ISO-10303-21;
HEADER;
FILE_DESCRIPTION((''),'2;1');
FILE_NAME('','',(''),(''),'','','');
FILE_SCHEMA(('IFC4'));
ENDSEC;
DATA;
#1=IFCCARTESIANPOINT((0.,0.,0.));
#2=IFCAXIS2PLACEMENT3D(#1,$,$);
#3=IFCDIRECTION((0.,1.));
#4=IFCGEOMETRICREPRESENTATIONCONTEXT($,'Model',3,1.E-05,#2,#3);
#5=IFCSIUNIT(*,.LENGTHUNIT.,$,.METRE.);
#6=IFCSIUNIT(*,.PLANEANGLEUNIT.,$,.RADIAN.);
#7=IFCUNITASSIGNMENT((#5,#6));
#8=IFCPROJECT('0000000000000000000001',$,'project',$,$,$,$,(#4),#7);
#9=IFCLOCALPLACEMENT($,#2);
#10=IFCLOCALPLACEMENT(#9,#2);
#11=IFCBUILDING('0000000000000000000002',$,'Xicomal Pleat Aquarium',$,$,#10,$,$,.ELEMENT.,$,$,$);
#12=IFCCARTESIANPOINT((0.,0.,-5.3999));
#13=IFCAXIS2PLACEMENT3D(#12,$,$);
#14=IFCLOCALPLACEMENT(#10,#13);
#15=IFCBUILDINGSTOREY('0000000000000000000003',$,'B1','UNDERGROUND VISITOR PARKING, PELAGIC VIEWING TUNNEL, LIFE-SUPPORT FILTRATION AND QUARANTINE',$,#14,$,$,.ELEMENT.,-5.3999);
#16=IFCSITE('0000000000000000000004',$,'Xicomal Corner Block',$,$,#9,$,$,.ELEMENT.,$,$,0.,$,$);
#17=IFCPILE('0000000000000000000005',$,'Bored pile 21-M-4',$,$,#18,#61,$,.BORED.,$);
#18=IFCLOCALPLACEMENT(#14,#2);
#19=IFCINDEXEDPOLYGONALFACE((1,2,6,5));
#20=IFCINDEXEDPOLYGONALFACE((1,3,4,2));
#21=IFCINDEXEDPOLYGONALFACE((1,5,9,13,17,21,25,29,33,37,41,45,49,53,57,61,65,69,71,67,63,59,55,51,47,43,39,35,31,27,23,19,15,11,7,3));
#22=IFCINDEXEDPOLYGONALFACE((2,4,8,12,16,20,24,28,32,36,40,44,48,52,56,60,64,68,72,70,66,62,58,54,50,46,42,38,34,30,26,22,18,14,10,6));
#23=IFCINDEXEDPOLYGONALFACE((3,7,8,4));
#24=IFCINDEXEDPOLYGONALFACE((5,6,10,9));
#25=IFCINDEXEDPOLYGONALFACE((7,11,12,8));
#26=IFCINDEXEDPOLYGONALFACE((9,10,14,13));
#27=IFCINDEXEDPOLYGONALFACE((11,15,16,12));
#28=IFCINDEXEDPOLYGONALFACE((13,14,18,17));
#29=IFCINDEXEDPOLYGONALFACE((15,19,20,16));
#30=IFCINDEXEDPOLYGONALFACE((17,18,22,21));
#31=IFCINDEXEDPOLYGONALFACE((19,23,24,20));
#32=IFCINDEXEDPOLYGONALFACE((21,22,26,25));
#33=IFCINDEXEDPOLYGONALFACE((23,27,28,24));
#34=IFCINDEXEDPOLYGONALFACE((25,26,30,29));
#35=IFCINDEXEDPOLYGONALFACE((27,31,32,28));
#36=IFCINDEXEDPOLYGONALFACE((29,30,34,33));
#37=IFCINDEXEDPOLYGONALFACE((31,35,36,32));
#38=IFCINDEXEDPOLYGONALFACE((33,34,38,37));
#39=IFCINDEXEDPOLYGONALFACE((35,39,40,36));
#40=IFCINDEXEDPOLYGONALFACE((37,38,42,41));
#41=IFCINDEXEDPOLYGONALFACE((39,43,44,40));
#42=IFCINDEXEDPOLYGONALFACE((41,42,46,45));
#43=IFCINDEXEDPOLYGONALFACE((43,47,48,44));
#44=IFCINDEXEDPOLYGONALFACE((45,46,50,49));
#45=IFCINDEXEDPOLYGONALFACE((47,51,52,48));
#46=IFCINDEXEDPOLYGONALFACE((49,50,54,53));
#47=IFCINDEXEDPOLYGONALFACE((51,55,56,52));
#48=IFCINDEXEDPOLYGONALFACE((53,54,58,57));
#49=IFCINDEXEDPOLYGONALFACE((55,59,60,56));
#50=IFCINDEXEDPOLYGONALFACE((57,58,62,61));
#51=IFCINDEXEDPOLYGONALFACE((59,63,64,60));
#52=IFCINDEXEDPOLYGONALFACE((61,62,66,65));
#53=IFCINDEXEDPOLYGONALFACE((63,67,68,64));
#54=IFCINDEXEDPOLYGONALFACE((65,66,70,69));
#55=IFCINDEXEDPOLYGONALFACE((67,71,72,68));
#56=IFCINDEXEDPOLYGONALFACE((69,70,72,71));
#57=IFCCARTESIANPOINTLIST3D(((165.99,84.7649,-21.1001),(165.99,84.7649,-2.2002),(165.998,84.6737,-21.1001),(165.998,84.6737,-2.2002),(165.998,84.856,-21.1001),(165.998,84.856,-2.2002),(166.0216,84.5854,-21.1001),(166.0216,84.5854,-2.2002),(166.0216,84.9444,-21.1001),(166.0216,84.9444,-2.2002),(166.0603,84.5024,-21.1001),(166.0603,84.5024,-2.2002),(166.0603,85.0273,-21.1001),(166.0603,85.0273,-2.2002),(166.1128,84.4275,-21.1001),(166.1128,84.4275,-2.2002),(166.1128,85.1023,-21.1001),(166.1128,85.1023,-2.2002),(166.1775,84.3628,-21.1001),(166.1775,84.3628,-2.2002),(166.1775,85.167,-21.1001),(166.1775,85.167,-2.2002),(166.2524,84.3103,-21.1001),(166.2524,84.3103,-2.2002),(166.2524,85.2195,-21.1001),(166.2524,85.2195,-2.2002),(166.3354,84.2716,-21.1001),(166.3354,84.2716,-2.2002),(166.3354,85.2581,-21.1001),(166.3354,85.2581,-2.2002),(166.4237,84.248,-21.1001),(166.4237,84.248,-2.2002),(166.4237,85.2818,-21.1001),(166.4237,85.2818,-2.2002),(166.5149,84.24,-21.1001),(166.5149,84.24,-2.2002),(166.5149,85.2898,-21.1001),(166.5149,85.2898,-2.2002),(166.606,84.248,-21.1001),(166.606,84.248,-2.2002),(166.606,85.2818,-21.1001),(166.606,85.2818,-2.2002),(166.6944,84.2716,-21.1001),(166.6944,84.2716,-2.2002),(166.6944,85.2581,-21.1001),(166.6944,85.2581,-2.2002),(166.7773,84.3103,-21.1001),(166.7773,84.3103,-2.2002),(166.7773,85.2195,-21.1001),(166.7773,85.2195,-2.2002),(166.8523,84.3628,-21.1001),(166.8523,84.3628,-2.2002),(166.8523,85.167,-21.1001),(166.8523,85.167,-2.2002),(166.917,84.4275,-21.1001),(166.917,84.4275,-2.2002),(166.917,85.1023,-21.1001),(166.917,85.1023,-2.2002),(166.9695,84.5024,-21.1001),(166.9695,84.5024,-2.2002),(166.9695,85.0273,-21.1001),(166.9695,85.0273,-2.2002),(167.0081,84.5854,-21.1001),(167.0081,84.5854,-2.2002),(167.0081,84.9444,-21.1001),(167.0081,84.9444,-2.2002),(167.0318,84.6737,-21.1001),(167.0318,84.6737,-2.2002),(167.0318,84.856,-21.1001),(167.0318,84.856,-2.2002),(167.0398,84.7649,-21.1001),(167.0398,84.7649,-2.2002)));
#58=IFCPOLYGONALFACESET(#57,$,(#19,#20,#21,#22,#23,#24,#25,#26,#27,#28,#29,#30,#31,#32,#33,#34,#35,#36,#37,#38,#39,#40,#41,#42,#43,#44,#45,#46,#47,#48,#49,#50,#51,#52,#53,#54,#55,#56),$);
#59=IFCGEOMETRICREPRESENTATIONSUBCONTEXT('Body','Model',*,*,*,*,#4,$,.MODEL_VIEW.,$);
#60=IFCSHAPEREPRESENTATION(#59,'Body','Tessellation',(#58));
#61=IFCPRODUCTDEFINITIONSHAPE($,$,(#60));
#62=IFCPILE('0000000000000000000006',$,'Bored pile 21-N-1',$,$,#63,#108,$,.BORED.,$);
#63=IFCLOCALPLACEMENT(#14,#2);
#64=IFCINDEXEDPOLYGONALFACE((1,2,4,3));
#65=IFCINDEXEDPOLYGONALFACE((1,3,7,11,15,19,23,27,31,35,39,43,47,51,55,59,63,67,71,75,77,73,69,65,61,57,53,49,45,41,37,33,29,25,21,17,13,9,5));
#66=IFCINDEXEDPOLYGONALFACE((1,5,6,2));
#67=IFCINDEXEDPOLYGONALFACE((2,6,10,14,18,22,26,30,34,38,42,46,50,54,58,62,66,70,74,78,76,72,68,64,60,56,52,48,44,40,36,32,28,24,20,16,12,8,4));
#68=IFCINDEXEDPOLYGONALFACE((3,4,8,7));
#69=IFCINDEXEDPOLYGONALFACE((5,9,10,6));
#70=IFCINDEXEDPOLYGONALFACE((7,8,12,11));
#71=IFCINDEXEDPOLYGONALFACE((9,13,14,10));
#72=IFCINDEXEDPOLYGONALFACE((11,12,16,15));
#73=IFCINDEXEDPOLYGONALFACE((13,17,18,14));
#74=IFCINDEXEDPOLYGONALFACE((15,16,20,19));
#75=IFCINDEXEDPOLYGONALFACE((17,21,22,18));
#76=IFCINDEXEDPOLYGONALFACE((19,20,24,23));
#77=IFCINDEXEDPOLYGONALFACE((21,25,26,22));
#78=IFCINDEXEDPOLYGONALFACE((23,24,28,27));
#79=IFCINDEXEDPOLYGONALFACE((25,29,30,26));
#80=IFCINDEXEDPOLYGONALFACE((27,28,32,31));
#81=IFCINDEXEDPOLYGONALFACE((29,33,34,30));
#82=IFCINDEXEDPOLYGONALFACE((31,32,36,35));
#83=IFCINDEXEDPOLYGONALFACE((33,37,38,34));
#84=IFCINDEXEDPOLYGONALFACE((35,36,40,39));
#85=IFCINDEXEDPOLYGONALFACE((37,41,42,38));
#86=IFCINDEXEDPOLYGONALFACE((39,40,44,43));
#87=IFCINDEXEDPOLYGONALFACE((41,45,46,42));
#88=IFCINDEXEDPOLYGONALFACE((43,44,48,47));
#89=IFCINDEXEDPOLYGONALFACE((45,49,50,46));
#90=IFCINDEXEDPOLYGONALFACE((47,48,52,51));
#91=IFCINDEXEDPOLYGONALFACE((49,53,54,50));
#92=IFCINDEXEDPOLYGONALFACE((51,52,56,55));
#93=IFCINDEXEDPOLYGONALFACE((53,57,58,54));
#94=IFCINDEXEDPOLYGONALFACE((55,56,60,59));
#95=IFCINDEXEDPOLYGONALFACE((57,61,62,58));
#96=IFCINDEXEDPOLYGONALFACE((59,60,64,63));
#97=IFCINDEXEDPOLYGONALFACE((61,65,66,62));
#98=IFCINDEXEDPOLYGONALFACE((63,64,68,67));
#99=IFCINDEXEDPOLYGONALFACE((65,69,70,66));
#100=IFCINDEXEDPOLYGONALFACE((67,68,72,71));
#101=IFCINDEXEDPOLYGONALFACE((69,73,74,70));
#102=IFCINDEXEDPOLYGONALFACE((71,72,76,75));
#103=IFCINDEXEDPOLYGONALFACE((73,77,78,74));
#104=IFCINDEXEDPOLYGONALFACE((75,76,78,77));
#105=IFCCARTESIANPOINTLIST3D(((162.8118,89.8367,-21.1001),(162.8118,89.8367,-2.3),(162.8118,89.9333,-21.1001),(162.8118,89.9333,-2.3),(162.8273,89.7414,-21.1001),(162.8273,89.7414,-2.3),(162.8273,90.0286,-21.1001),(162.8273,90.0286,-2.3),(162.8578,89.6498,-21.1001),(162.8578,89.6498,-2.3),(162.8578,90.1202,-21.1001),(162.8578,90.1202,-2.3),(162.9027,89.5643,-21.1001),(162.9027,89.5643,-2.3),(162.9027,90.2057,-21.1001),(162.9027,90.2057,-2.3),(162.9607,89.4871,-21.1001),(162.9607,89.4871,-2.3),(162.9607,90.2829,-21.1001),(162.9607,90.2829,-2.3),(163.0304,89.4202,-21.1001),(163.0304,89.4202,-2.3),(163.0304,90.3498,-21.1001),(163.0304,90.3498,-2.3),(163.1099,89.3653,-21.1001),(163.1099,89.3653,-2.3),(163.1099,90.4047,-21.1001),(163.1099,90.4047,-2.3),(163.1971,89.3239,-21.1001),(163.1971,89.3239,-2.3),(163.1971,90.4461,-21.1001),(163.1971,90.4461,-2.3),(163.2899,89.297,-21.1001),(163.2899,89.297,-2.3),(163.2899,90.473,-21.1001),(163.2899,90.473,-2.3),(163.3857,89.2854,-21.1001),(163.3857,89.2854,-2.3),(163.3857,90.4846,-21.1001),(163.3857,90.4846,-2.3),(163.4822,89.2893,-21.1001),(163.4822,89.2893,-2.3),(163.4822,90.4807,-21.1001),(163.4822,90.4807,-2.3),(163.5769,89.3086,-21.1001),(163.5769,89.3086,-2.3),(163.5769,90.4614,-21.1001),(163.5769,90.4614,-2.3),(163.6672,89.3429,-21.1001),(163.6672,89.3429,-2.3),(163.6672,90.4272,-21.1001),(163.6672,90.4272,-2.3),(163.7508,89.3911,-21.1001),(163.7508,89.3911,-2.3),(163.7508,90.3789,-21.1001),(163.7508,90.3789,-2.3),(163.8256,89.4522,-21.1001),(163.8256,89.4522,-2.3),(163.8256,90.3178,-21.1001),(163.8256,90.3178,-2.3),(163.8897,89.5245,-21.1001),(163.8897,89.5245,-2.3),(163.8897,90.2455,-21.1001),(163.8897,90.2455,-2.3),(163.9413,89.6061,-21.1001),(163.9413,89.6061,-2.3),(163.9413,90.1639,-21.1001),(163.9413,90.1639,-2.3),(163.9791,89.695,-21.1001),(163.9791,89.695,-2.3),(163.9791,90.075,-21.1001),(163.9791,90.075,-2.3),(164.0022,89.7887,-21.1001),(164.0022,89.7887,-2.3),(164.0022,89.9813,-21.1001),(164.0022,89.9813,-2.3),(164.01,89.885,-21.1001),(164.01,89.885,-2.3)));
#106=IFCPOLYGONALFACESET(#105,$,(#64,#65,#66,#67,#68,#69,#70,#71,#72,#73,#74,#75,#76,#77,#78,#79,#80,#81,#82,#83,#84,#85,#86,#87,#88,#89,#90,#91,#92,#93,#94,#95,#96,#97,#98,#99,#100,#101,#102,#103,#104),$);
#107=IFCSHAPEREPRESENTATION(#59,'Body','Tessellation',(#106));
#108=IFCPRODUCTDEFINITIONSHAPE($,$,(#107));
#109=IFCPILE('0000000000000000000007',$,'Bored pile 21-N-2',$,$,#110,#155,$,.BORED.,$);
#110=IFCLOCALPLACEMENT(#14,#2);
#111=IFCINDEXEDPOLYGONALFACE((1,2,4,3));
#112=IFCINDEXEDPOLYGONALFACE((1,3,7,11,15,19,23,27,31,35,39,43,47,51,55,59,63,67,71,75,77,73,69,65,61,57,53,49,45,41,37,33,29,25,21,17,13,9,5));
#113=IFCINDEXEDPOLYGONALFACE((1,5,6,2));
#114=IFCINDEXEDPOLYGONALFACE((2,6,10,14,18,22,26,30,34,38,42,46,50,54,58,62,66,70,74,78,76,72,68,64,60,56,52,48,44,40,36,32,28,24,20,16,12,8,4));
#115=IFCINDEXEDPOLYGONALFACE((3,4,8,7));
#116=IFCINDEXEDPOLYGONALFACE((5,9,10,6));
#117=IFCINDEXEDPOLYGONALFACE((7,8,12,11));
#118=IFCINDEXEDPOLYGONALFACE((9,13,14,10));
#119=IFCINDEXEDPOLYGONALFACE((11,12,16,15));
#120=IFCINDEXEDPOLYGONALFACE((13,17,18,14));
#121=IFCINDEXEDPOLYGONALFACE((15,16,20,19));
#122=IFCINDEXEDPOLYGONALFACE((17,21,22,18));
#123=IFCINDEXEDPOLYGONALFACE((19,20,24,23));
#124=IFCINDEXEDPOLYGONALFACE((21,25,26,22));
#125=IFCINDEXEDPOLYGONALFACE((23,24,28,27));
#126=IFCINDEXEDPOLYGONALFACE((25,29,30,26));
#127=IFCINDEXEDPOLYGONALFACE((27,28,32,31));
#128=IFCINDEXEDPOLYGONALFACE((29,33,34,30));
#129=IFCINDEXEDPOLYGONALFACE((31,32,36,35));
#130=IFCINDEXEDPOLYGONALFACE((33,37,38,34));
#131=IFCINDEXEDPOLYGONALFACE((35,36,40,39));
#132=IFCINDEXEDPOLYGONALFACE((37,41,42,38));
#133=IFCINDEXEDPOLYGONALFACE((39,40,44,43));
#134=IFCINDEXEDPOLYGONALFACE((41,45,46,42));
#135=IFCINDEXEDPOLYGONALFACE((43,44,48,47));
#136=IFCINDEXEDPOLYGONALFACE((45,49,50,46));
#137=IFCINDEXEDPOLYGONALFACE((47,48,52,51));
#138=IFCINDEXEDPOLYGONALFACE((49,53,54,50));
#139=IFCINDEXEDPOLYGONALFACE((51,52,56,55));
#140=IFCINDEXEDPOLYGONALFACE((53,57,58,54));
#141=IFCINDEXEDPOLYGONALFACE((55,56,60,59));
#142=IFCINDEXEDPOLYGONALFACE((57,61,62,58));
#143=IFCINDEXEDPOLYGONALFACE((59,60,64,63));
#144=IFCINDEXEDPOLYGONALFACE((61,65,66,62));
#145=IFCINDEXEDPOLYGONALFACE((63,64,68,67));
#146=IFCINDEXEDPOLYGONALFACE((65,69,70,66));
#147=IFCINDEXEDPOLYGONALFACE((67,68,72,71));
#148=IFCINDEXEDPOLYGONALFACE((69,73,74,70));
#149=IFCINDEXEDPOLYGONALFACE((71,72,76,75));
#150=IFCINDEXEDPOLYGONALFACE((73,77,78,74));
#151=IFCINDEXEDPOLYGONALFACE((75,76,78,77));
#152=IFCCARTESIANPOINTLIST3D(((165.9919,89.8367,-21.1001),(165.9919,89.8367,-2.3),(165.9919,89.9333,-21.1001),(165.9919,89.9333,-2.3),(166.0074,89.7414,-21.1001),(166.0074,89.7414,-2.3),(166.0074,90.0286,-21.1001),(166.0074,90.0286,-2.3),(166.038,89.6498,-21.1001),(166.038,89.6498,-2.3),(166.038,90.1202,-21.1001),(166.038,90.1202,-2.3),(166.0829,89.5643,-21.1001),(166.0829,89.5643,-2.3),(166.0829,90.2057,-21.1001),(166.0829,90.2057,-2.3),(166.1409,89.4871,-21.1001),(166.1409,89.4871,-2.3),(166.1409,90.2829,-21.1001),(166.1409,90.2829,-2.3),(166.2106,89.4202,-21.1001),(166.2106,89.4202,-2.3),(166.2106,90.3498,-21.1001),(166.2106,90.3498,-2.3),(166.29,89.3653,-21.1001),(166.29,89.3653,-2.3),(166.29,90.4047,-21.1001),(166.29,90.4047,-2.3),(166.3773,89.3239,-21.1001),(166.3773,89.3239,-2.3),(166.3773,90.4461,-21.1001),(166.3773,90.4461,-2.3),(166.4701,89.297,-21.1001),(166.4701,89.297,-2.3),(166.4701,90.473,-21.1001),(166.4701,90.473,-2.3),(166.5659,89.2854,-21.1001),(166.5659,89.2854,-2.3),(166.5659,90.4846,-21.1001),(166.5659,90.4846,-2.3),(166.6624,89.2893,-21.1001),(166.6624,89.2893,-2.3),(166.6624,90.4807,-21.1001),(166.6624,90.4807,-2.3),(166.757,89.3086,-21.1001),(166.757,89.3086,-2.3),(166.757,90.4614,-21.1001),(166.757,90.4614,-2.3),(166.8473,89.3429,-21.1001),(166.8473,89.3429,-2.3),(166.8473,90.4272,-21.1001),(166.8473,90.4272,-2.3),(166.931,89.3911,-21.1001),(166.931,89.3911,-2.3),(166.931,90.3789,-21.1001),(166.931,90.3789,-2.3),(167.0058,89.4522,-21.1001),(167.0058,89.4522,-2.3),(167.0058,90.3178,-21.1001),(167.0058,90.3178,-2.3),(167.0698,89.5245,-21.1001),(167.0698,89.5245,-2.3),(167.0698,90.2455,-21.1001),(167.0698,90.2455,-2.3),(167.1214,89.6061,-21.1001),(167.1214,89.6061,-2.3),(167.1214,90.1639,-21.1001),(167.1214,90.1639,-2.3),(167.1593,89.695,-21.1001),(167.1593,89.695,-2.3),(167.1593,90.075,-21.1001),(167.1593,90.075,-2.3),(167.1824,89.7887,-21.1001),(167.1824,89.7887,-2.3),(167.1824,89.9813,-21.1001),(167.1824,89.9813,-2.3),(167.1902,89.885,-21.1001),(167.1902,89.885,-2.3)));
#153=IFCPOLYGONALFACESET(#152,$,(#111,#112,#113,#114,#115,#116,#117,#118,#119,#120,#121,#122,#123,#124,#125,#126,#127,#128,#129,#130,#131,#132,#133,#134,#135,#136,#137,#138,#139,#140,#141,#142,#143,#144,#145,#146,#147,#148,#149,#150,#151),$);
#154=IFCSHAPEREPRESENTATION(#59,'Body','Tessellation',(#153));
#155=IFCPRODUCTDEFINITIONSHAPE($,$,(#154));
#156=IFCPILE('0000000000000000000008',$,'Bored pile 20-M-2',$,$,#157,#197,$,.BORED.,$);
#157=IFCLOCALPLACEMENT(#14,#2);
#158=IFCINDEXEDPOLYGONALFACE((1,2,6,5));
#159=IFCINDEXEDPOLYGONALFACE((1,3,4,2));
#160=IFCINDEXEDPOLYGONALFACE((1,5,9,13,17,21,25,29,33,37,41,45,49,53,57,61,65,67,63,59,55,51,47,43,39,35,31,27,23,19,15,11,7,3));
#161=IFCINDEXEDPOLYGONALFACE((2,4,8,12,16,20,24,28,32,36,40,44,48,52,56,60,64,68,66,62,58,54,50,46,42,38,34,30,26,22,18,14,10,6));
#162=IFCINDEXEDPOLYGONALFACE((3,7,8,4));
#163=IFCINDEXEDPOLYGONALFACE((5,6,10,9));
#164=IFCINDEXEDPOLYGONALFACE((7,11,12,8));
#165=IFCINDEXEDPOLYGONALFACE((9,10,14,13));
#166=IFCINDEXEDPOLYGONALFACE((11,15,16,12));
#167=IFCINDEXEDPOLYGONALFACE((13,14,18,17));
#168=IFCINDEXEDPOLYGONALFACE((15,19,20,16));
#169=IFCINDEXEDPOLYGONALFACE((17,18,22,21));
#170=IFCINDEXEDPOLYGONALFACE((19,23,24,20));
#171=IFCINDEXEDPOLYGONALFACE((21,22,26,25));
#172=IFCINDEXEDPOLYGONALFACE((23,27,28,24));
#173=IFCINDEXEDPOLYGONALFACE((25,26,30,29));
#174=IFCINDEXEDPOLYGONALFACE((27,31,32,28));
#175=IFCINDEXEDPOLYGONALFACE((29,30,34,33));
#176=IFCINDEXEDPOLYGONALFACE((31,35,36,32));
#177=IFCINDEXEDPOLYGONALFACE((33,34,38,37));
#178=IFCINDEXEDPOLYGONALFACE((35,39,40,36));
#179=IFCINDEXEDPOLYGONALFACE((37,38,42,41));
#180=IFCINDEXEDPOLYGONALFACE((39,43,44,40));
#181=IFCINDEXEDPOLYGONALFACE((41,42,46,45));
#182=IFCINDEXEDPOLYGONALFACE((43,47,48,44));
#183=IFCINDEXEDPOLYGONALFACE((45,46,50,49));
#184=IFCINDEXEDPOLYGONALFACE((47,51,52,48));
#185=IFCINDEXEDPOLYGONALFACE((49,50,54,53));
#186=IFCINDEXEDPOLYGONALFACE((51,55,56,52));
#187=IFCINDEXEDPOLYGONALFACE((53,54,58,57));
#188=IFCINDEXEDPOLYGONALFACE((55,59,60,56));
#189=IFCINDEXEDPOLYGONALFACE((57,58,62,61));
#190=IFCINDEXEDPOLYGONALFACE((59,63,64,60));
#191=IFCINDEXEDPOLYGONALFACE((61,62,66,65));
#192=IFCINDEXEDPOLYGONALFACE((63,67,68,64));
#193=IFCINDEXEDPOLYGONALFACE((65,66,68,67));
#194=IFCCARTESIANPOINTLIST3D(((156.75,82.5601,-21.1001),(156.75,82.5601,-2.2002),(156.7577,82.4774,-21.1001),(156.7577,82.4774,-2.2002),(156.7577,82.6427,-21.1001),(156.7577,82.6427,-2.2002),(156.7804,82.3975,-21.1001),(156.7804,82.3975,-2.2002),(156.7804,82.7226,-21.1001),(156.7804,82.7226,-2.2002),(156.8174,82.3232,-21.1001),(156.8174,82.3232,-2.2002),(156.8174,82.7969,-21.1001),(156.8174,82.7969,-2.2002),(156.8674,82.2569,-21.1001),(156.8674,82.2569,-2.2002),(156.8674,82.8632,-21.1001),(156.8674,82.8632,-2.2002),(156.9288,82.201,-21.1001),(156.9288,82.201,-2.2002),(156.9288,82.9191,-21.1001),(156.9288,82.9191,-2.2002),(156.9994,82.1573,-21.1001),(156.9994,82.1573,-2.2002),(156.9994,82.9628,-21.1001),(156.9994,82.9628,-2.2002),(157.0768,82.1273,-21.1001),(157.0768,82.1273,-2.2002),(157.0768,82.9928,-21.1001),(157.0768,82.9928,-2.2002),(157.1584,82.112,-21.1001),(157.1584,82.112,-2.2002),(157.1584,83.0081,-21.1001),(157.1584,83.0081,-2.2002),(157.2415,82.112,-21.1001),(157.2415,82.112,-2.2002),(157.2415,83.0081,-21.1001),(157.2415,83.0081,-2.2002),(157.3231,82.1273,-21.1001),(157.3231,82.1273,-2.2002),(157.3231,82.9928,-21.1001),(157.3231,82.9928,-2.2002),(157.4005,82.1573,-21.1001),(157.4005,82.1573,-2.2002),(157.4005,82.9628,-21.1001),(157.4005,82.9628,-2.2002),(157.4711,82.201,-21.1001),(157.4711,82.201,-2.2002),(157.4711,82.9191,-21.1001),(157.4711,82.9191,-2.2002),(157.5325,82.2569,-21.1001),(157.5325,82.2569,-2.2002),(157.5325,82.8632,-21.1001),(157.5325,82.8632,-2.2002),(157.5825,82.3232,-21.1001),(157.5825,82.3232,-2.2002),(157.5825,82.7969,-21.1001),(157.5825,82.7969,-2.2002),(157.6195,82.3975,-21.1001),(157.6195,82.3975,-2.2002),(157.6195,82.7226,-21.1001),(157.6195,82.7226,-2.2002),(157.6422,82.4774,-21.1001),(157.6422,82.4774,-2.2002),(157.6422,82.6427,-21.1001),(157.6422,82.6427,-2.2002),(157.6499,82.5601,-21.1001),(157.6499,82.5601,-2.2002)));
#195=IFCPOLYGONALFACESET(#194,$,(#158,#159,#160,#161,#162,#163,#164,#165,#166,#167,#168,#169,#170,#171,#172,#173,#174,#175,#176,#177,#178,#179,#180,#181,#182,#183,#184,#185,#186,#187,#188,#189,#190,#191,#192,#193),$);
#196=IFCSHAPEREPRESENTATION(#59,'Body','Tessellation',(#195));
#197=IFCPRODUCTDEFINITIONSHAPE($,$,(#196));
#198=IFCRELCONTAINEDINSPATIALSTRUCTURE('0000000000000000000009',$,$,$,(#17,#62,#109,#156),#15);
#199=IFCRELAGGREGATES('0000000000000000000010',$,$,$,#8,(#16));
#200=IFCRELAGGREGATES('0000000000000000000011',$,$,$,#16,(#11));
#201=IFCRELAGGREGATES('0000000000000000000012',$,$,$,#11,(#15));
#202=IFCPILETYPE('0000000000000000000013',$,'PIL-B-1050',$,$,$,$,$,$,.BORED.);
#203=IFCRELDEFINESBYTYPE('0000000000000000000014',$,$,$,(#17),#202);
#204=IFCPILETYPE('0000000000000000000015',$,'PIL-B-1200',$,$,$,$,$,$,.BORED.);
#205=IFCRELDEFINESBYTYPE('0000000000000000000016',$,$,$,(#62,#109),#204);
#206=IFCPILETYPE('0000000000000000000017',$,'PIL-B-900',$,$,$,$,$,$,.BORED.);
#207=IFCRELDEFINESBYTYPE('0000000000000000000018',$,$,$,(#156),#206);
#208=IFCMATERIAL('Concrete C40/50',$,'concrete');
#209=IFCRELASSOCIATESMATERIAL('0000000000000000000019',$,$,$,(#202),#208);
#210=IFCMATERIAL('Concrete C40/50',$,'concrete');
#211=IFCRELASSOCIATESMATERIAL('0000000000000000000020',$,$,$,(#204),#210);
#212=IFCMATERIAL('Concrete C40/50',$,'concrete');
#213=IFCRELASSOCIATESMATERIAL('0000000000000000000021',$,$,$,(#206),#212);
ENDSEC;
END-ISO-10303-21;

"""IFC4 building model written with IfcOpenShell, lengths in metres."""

from ifc_helpers import new_model, si_unit, direction, frame, origin, origin_2d, place, context, subcontext, project, spatial, circle, extrude, material, material_profile, profile_set, type_object, element, save


model = new_model("IFC4")

# Units and contexts
model_context = context("Model", 3, precision=1e-05, world=origin(), true_north=direction((0.0, 1.0)))
body_context = subcontext(model_context, "Body", "Model", "MODEL_VIEW")
ifc_project = project(units=[si_unit("LENGTHUNIT", "METRE"), si_unit("PLANEANGLEUNIT", "RADIAN")], contexts=[model_context])

# Site, building, storey
site_placement = place(None, origin())
site = spatial("IfcSite", under=ifc_project, at=site_placement, Name="Xicomal Corner Block", CompositionType="ELEMENT", RefElevation=0.0)
building_placement = place(site_placement, origin())
building = spatial("IfcBuilding", under=site, at=building_placement, Name="Xicomal Pleat Aquarium", CompositionType="ELEMENT")
storey_placement = place(building_placement, frame((0.0, 0.0, -5.3999)))
storey = spatial("IfcBuildingStorey", under=building, at=storey_placement, Name="B1", Description="UNDERGROUND VISITOR PARKING, PELAGIC VIEWING TUNNEL, LIFE-SUPPORT FILTRATION AND QUARANTINE", CompositionType="ELEMENT", Elevation=-5.3999)

# Piles
ifc_material_1 = material(Name="Concrete C40/50", Category="concrete")
ifc_material_profile_1 = material_profile(ifc_material_1, circle(Radius=0.5249, at=origin_2d()), Name="BORED PILE D1050")
ifc_profile_set_1 = profile_set([ifc_material_profile_1], Name="Concrete C40/50")
pile_type_1 = type_object("IfcPileType", Name="PIL-B-1050", PredefinedType="BORED", material=ifc_profile_set_1)
for number, where, z_axis, x_axis, name in (
    (1, (166.5149, 84.7649, -2.2002), (0.0, 0.0, -1.0), (1.0, 0.0, 0.0), "Bored pile 21-M-4"),
):
    element("IfcPile", number, at=place(storey_placement, frame(where, z_axis=z_axis, x_axis=x_axis)), inside=storey, type_object=pile_type_1, Name=name, PredefinedType="BORED", context=body_context, shape_type="SweptSolid", body=[
        extrude(circle(Radius=0.5249, at=origin_2d()), origin(), (0.0, 0.0, 1.0), 18.8999),
    ])
ifc_material_2 = material(Name="Concrete C40/50", Category="concrete")
ifc_material_profile_2 = material_profile(ifc_material_2, circle(Radius=0.6001, at=origin_2d()), Name="BORED PILE D1200")
ifc_profile_set_2 = profile_set([ifc_material_profile_2], Name="Concrete C40/50")
pile_type_2 = type_object("IfcPileType", Name="PIL-B-1200", PredefinedType="BORED", material=ifc_profile_set_2)
for number, where, z_axis, x_axis, name in (
    (2, (163.4099, 89.885, -2.3), (0.0, 0.0, -1.0), (1.0, 0.0, 0.0), "Bored pile 21-N-1"),
    (3, (166.5901, 89.885, -2.3), (0.0, 0.0, -1.0), (1.0, 0.0, 0.0), "Bored pile 21-N-2"),
):
    element("IfcPile", number, at=place(storey_placement, frame(where, z_axis=z_axis, x_axis=x_axis)), inside=storey, type_object=pile_type_2, Name=name, PredefinedType="BORED", context=body_context, shape_type="SweptSolid", body=[
        extrude(circle(Radius=0.6001, at=origin_2d()), origin(), (0.0, 0.0, 1.0), 18.8),
    ])
ifc_material_3 = material(Name="Concrete C40/50", Category="concrete")
ifc_material_profile_3 = material_profile(ifc_material_3, circle(Radius=0.45, at=origin_2d()), Name="BORED PILE D900")
ifc_profile_set_3 = profile_set([ifc_material_profile_3], Name="Concrete C40/50")
pile_type_3 = type_object("IfcPileType", Name="PIL-B-900", PredefinedType="BORED", material=ifc_profile_set_3)
for number, where, z_axis, x_axis, name in (
    (4, (157.2, 82.5601, -2.2002), (0.0, 0.0, -1.0), (1.0, 0.0, 0.0), "Bored pile 20-M-2"),
):
    element("IfcPile", number, at=place(storey_placement, frame(where, z_axis=z_axis, x_axis=x_axis)), inside=storey, type_object=pile_type_3, Name=name, PredefinedType="BORED", context=body_context, shape_type="SweptSolid", body=[
        extrude(circle(Radius=0.45, at=origin_2d()), origin(), (0.0, 0.0, 1.0), 18.8999),
    ])

save(model, "model.ifc")
